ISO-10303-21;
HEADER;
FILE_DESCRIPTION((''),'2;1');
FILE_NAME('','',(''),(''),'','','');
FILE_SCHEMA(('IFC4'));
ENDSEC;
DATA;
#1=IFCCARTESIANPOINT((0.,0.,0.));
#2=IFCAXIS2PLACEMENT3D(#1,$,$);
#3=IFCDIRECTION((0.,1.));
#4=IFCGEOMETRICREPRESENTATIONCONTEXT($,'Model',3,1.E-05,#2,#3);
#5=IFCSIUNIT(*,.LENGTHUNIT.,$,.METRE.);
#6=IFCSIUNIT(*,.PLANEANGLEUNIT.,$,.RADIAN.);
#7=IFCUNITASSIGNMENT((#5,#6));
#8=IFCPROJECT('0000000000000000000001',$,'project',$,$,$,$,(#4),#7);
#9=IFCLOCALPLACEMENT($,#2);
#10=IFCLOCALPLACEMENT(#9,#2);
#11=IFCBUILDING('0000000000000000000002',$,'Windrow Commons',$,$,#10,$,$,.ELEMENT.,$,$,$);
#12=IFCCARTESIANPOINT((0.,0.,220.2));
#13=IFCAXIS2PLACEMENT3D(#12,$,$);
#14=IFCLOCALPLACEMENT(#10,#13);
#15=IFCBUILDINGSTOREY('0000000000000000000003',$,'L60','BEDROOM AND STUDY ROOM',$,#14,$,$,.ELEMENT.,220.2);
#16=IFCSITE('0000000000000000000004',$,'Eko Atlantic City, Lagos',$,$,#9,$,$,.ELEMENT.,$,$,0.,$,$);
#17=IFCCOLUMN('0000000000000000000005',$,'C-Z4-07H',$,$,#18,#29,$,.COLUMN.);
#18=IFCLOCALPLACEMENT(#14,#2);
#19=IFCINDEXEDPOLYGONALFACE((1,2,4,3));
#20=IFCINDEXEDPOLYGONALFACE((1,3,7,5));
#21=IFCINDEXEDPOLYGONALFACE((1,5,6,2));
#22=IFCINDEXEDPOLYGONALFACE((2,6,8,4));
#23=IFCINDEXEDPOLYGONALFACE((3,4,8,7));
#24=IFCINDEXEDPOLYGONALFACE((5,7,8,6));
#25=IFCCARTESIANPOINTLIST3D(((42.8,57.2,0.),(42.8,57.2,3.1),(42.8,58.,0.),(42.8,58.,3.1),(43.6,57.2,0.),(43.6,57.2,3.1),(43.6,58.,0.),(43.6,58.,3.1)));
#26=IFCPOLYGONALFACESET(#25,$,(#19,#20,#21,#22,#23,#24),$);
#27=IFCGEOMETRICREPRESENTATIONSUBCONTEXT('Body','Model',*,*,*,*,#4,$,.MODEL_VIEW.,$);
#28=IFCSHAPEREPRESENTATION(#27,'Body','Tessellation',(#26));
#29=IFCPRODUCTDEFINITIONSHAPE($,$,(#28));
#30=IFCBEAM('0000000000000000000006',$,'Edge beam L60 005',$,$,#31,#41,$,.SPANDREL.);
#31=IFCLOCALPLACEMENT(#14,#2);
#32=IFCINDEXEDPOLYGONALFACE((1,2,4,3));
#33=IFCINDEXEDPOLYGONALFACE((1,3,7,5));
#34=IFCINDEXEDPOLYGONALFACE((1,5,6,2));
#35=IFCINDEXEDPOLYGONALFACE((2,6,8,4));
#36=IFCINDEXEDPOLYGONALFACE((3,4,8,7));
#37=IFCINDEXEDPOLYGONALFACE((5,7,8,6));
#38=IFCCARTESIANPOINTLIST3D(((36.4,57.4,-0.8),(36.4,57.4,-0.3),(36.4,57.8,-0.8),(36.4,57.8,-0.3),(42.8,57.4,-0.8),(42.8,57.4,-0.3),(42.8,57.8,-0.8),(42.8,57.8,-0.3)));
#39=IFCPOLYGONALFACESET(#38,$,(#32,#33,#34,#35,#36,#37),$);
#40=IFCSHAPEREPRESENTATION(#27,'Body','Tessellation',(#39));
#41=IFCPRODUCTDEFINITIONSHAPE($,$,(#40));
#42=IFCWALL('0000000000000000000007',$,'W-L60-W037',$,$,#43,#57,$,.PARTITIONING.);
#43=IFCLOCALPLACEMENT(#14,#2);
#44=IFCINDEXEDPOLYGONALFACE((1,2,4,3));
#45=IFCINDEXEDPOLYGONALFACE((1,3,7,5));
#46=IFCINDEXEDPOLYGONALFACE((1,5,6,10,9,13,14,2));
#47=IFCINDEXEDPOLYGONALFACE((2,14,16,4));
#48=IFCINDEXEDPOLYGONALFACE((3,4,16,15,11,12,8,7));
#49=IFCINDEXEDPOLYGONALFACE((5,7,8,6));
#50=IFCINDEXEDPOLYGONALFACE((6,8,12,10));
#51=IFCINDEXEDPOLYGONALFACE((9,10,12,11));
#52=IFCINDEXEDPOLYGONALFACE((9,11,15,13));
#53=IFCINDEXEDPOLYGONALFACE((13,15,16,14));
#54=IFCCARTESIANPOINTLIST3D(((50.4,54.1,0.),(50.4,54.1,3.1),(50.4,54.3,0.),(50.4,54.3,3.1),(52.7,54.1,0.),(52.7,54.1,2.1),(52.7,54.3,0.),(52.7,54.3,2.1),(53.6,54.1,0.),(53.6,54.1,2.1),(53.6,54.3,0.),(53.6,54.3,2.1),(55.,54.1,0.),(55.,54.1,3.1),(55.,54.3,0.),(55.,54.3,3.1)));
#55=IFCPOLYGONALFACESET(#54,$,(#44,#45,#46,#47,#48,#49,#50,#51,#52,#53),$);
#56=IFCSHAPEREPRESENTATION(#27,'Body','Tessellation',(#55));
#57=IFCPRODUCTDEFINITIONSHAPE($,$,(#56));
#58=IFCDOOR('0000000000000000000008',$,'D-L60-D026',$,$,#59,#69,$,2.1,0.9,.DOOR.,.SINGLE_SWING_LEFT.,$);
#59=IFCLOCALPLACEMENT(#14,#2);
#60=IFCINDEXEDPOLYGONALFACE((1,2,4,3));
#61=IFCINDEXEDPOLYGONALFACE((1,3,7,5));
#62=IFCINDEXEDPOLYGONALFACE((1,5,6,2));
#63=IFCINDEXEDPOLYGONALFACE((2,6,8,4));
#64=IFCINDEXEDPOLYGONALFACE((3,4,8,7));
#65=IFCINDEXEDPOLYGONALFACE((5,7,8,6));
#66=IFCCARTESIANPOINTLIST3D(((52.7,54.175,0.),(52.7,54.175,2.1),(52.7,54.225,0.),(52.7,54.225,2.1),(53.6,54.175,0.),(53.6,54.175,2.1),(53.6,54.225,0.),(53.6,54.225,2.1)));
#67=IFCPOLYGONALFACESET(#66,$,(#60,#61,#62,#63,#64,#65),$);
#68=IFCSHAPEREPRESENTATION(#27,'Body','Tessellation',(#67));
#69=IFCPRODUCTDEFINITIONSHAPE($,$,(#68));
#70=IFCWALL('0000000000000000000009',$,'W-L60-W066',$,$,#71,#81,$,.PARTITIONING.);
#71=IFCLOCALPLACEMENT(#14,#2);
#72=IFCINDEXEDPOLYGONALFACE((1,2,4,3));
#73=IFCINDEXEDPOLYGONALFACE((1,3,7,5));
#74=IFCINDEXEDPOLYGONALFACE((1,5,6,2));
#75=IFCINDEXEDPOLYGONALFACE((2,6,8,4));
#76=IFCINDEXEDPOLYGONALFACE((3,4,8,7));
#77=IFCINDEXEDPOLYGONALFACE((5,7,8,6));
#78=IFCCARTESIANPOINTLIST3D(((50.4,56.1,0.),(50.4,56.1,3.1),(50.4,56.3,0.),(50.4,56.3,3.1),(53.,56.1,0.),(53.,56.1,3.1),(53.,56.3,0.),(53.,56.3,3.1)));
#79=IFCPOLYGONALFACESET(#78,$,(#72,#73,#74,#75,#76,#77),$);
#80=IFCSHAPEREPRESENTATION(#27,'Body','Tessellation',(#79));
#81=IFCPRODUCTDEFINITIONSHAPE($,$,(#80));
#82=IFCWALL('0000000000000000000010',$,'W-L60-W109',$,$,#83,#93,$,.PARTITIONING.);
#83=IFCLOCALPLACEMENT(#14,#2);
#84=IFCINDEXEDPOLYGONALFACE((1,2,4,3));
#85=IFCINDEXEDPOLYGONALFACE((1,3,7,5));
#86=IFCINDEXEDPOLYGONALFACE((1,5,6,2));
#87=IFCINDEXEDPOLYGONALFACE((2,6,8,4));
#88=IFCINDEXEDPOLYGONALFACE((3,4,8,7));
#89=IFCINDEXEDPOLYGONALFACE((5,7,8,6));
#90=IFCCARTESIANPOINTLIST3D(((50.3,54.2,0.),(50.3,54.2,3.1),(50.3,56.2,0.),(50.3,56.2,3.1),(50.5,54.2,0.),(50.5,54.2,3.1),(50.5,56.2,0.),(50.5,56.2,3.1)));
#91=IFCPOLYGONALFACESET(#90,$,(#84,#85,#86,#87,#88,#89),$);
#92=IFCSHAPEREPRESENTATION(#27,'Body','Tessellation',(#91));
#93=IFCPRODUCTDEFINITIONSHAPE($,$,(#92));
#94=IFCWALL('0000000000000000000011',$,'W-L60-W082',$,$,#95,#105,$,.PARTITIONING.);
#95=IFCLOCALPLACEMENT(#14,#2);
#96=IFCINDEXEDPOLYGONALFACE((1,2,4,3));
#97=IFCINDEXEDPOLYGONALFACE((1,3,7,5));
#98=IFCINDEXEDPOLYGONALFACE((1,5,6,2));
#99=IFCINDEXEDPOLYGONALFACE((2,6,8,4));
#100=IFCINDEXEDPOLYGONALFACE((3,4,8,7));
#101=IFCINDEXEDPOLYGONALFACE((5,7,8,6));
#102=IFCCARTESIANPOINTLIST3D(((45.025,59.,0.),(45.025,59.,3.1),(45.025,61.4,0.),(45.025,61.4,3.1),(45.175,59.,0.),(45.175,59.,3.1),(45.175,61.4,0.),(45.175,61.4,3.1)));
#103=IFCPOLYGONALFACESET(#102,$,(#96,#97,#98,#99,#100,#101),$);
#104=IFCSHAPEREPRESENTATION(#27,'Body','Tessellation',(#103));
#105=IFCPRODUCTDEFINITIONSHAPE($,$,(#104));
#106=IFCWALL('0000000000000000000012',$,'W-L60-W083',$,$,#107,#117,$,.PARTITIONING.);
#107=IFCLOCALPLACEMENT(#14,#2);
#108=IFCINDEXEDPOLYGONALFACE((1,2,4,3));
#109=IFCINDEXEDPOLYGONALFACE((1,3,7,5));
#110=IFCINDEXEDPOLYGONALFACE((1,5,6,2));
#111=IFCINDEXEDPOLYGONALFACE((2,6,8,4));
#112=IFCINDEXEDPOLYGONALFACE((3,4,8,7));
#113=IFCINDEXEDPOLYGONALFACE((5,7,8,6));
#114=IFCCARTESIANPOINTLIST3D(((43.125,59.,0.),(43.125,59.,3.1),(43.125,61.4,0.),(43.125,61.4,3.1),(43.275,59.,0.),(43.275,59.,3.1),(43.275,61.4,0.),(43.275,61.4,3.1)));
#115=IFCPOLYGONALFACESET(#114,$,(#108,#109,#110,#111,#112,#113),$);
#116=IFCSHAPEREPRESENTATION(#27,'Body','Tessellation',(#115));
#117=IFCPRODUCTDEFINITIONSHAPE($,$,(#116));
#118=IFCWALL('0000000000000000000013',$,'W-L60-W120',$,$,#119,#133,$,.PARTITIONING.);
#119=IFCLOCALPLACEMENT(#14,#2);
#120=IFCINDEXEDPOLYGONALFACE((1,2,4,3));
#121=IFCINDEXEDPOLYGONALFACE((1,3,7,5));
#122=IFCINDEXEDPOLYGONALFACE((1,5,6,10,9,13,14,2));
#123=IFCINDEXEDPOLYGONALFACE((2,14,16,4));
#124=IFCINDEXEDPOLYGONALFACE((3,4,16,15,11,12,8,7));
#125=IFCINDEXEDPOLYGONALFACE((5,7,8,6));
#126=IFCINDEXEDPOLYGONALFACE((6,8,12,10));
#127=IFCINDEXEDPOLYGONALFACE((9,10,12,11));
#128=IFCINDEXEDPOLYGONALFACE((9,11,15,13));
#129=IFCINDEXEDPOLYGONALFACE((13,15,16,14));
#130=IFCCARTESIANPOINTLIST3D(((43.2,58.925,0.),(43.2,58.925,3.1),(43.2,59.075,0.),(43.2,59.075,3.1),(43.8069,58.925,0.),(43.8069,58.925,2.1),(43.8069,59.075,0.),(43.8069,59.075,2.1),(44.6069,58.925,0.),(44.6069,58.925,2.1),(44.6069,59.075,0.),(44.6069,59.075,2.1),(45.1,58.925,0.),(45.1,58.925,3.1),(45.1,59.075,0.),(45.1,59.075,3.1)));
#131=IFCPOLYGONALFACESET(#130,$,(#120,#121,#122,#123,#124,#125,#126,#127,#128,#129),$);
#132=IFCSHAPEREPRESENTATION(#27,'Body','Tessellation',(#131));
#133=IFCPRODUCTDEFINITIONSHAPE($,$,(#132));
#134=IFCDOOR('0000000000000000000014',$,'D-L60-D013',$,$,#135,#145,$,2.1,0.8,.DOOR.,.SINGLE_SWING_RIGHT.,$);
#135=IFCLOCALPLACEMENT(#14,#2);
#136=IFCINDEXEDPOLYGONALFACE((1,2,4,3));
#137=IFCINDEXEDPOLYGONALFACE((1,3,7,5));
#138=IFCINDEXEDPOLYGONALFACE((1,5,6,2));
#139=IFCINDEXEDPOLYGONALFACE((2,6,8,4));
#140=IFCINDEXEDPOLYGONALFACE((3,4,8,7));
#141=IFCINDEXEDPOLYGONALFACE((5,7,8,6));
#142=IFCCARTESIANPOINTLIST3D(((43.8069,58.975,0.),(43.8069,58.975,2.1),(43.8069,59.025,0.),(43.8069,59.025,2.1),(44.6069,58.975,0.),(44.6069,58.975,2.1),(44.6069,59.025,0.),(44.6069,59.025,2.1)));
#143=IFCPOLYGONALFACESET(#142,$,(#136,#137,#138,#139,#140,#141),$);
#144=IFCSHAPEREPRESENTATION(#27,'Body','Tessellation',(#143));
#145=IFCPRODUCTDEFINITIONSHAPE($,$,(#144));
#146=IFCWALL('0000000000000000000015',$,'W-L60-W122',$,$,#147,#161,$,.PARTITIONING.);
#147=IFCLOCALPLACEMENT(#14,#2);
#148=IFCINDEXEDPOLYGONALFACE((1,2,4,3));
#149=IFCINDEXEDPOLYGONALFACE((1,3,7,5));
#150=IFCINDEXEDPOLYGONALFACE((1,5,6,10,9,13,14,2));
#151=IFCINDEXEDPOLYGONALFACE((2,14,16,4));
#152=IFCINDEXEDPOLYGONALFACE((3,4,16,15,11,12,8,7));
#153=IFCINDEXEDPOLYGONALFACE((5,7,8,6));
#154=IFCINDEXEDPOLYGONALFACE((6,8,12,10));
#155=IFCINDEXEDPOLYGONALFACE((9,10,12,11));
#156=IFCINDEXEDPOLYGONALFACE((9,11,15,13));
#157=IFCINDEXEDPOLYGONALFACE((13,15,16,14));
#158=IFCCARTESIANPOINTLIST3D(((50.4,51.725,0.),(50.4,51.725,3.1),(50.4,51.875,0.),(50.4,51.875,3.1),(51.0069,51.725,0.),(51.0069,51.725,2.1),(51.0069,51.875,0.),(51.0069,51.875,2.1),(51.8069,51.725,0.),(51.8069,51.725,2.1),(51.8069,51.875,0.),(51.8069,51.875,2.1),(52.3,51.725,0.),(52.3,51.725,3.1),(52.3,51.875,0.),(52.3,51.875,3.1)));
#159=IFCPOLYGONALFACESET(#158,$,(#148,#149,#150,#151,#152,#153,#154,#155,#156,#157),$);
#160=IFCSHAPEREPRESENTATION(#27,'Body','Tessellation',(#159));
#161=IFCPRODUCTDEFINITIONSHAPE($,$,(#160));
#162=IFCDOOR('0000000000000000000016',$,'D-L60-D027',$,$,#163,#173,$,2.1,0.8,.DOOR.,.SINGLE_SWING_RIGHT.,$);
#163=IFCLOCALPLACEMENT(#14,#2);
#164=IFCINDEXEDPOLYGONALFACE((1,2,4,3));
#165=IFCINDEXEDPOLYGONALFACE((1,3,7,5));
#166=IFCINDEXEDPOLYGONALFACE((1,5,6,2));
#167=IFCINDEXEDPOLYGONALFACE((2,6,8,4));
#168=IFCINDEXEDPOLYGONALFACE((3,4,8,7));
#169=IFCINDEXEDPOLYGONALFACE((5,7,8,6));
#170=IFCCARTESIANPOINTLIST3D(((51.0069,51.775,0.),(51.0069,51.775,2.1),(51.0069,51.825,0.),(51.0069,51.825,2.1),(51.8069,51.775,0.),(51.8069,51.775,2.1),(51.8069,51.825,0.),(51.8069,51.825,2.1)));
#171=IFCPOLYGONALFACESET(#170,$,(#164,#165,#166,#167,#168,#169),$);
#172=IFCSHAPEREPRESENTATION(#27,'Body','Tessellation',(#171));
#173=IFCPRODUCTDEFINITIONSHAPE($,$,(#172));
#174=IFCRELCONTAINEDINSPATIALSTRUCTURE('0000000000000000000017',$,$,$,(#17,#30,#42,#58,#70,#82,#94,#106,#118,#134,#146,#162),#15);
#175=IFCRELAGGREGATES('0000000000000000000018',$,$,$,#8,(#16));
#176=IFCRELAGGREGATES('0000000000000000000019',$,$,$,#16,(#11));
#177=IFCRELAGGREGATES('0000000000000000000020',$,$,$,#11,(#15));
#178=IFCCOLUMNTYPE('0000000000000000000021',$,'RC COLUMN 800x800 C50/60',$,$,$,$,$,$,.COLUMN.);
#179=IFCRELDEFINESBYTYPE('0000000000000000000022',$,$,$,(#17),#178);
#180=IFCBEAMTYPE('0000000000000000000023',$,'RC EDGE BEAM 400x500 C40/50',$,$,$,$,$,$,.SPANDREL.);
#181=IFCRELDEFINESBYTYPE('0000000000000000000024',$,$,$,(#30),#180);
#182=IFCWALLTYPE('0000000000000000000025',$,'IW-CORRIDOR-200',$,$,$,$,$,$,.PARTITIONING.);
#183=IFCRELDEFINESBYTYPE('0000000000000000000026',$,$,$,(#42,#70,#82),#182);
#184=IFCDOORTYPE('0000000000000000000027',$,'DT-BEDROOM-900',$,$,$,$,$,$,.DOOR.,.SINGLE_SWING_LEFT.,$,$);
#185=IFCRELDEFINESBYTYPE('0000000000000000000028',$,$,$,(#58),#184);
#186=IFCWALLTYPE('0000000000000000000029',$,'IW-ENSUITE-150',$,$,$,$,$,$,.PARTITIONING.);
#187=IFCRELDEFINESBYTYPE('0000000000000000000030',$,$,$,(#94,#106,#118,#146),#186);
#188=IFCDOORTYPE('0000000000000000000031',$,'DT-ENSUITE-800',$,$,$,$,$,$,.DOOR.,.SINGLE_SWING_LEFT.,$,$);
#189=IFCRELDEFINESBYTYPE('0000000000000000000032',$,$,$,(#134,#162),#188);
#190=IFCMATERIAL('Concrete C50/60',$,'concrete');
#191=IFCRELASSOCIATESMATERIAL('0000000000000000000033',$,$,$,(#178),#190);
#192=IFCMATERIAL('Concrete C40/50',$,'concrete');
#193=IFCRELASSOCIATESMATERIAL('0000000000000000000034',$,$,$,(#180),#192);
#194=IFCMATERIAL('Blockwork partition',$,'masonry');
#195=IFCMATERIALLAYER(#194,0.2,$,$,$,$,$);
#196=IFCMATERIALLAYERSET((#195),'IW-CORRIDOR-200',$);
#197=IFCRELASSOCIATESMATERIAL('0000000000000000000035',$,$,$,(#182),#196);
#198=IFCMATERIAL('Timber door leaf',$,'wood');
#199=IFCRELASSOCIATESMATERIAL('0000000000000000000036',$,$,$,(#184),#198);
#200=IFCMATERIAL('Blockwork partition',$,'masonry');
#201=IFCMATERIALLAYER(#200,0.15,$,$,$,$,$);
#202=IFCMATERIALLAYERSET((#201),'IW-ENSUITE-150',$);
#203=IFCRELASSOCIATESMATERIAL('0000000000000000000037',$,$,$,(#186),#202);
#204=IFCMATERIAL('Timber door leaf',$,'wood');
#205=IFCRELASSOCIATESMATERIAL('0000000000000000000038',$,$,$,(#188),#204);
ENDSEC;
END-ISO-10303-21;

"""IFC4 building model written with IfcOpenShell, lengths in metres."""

from ifc_helpers import new_model, si_unit, direction, frame, frame_2d, origin, origin_2d, place, context, subcontext, project, spatial, rectangle, extrude, material, layer, layer_set, material_profile, profile_set, type_object, element, fill, save


model = new_model("IFC4")

# Units and contexts
model_context = context("Model", 3, precision=1e-05, world=origin(), true_north=direction((0.0, 1.0)))
body_context = subcontext(model_context, "Body", "Model", "MODEL_VIEW")
ifc_project = project(units=[si_unit("LENGTHUNIT", "METRE"), si_unit("PLANEANGLEUNIT", "RADIAN")], contexts=[model_context])

# Site, building, storey
site_placement = place(None, origin())
site = spatial("IfcSite", under=ifc_project, at=site_placement, Name="Eko Atlantic City, Lagos", CompositionType="ELEMENT", RefElevation=0.0)
building_placement = place(site_placement, origin())
building = spatial("IfcBuilding", under=site, at=building_placement, Name="Windrow Commons", CompositionType="ELEMENT")
storey_placement = place(building_placement, frame((0.0, 0.0, 220.2)))
storey = spatial("IfcBuildingStorey", under=building, at=storey_placement, Name="L60", Description="BEDROOM AND STUDY ROOM", CompositionType="ELEMENT", Elevation=220.2)

# Column
ifc_material_1 = material(Name="Concrete C50/60", Category="concrete")
ifc_material_profile_1 = material_profile(ifc_material_1, rectangle(XDim=0.8, YDim=0.8, at=origin_2d()))
ifc_profile_set_1 = profile_set([ifc_material_profile_1], Name="Concrete C50/60")
column_type = type_object("IfcColumnType", Name="RC COLUMN 800x800 C50/60", PredefinedType="COLUMN", material=ifc_profile_set_1)
column_placement = place(storey_placement, frame((43.2, 57.6, 0.0), z_axis=(0.0, 0.0, 1.0), x_axis=(1.0, 0.0, 0.0)))
element("IfcColumn", 1, at=column_placement, inside=storey, type_object=column_type, Name="C-Z4-07H", PredefinedType="COLUMN", context=body_context, shape_type="SweptSolid", body=[
    extrude(rectangle(XDim=0.8, YDim=0.8, at=origin_2d()), origin(), (0.0, 0.0, 1.0), 3.1),
])

# Beam
ifc_material_2 = material(Name="Concrete C40/50", Category="concrete")
ifc_material_profile_2 = material_profile(ifc_material_2, rectangle(XDim=0.4, YDim=0.5, at=origin_2d()))
ifc_profile_set_2 = profile_set([ifc_material_profile_2], Name="Concrete C40/50")
beam_type = type_object("IfcBeamType", Name="RC EDGE BEAM 400x500 C40/50", PredefinedType="SPANDREL", material=ifc_profile_set_2)
beam_placement = place(storey_placement, frame((42.8, 57.6, -0.55), z_axis=(-1.0, 0.0, 0.0), x_axis=(0.0, -1.0, 0.0)))
element("IfcBeam", 2, at=beam_placement, inside=storey, type_object=beam_type, Name="Edge beam L60 005", PredefinedType="SPANDREL", context=body_context, shape_type="SweptSolid", body=[
    extrude(rectangle(XDim=0.4, YDim=0.5, at=origin_2d()), origin(), (0.0, 0.0, 1.0), 6.4),
])

# Wall, opening, door
ifc_material_3 = material(Name="Blockwork partition", Category="masonry")
ifc_layer_1 = layer(ifc_material_3, 0.2)
ifc_layer_set_1 = layer_set([ifc_layer_1], Name="IW-CORRIDOR-200")
wall_type_1 = type_object("IfcWallType", Name="IW-CORRIDOR-200", PredefinedType="PARTITIONING", material=ifc_layer_set_1)
wall_1_placement = place(storey_placement, frame((50.4, 54.2, 0.0), z_axis=(0.0, 0.0, 1.0), x_axis=(1.0, 0.0, 0.0)))
wall_1 = element("IfcWall", 3, at=wall_1_placement, inside=storey, type_object=wall_type_1, Name="W-L60-W037", PredefinedType="PARTITIONING", context=body_context, shape_type="SweptSolid", body=[
    extrude(rectangle(XDim=4.6, YDim=0.2, at=frame_2d((2.3, 0.0))), origin(), (0.0, 0.0, 1.0), 3.1),
])
opening_1_placement = place(wall_1_placement, frame((2.3, 0.0, 0.0)))
opening_1 = element("IfcOpeningElement", 4, at=opening_1_placement, cuts=wall_1, PredefinedType="OPENING", context=body_context, shape_type="SweptSolid", body=[
    extrude(rectangle(XDim=0.9, YDim=2.1, at=frame_2d((0.45, 1.05))), frame((0.0, 0.11, 0.0), z_axis=(0.0, -1.0, 0.0), x_axis=(1.0, 0.0, 0.0)), (0.0, 0.0, 1.0), 0.22),
])
ifc_material_4 = material(Name="Timber door leaf", Category="wood")
door_type_1 = type_object("IfcDoorType", Name="DT-BEDROOM-900", OperationType="SINGLE_SWING_LEFT", PredefinedType="DOOR", material=ifc_material_4)
door_1_placement = place(opening_1_placement, origin())
door_1 = element("IfcDoor", 5, at=door_1_placement, inside=storey, type_object=door_type_1, Name="D-L60-D026", OperationType="SINGLE_SWING_LEFT", OverallHeight=2.1, OverallWidth=0.9, PredefinedType="DOOR", context=body_context, shape_type="SweptSolid", body=[
    extrude(rectangle(XDim=0.9, YDim=2.1, at=frame_2d((0.45, 1.05))), frame((0.0, 0.025, 0.0), z_axis=(0.0, -1.0, 0.0), x_axis=(1.0, 0.0, 0.0)), (0.0, 0.0, 1.0), 0.05),
])
fill(opening_1, door_1)

# Walls
wall_2_placement = place(storey_placement, frame((50.4, 56.2, 0.0), z_axis=(0.0, 0.0, 1.0), x_axis=(1.0, 0.0, 0.0)))
element("IfcWall", 6, at=wall_2_placement, inside=storey, type_object=wall_type_1, Name="W-L60-W066", PredefinedType="PARTITIONING", context=body_context, shape_type="SweptSolid", body=[
    extrude(rectangle(XDim=2.6, YDim=0.2, at=frame_2d((1.3, 0.0))), origin(), (0.0, 0.0, 1.0), 3.1),
])
wall_3_placement = place(storey_placement, frame((50.4, 54.2, 0.0), z_axis=(0.0, 0.0, 1.0), x_axis=(0.0, 1.0, 0.0)))
element("IfcWall", 7, at=wall_3_placement, inside=storey, type_object=wall_type_1, Name="W-L60-W109", PredefinedType="PARTITIONING", context=body_context, shape_type="SweptSolid", body=[
    extrude(rectangle(XDim=2.0, YDim=0.2, at=frame_2d((1.0, 0.0))), origin(), (0.0, 0.0, 1.0), 3.1),
])
ifc_material_5 = material(Name="Blockwork partition", Category="masonry")
ifc_layer_2 = layer(ifc_material_5, 0.15)
ifc_layer_set_2 = layer_set([ifc_layer_2], Name="IW-ENSUITE-150")
wall_type_2 = type_object("IfcWallType", Name="IW-ENSUITE-150", PredefinedType="PARTITIONING", material=ifc_layer_set_2)
for number, where, z_axis, x_axis, name in (
    (8, (45.1, 59.0, 0.0), (0.0, 0.0, 1.0), (0.0, 1.0, 0.0), "W-L60-W082"),
    (9, (43.2, 59.0, 0.0), (0.0, 0.0, 1.0), (0.0, 1.0, 0.0), "W-L60-W083"),
):
    element("IfcWall", number, at=place(storey_placement, frame(where, z_axis=z_axis, x_axis=x_axis)), inside=storey, type_object=wall_type_2, Name=name, PredefinedType="PARTITIONING", context=body_context, shape_type="SweptSolid", body=[
        extrude(rectangle(XDim=2.4, YDim=0.15, at=frame_2d((1.2, 0.0))), origin(), (0.0, 0.0, 1.0), 3.1),
    ])

# Walls, openings, doors
wall_4_placement = place(storey_placement, frame((43.2, 59.0, 0.0), z_axis=(0.0, 0.0, 1.0), x_axis=(1.0, 0.0, 0.0)))
wall_4 = element("IfcWall", 10, at=wall_4_placement, inside=storey, type_object=wall_type_2, Name="W-L60-W120", PredefinedType="PARTITIONING", context=body_context, shape_type="SweptSolid", body=[
    extrude(rectangle(XDim=1.9, YDim=0.15, at=frame_2d((0.95, 0.0))), origin(), (0.0, 0.0, 1.0), 3.1),
])
opening_2_placement = place(wall_4_placement, frame((0.6069, 0.0, 0.0)))
opening_2 = element("IfcOpeningElement", 11, at=opening_2_placement, cuts=wall_4, PredefinedType="OPENING", context=body_context, shape_type="SweptSolid", body=[
    extrude(rectangle(XDim=0.8, YDim=2.1, at=frame_2d((0.4, 1.05))), frame((0.0, 0.085, 0.0), z_axis=(0.0, -1.0, 0.0), x_axis=(1.0, 0.0, 0.0)), (0.0, 0.0, 1.0), 0.17),
])
ifc_material_6 = material(Name="Timber door leaf", Category="wood")
door_type_2 = type_object("IfcDoorType", Name="DT-ENSUITE-800", OperationType="SINGLE_SWING_LEFT", PredefinedType="DOOR", material=ifc_material_6)
door_2_placement = place(opening_2_placement, origin())
door_2 = element("IfcDoor", 12, at=door_2_placement, inside=storey, type_object=door_type_2, Name="D-L60-D013", OperationType="SINGLE_SWING_RIGHT", OverallHeight=2.1, OverallWidth=0.8, PredefinedType="DOOR", context=body_context, shape_type="SweptSolid", body=[
    extrude(rectangle(XDim=0.8, YDim=2.1, at=frame_2d((0.4, 1.05))), frame((0.0, 0.025, 0.0), z_axis=(0.0, -1.0, 0.0), x_axis=(1.0, 0.0, 0.0)), (0.0, 0.0, 1.0), 0.05),
])
fill(opening_2, door_2)
wall_5_placement = place(storey_placement, frame((50.4, 51.8, 0.0), z_axis=(0.0, 0.0, 1.0), x_axis=(1.0, 0.0, 0.0)))
wall_5 = element("IfcWall", 13, at=wall_5_placement, inside=storey, type_object=wall_type_2, Name="W-L60-W122", PredefinedType="PARTITIONING", context=body_context, shape_type="SweptSolid", body=[
    extrude(rectangle(XDim=1.9, YDim=0.15, at=frame_2d((0.95, 0.0))), origin(), (0.0, 0.0, 1.0), 3.1),
])
opening_3_placement = place(wall_5_placement, frame((0.6069, 0.0, 0.0)))
opening_3 = element("IfcOpeningElement", 14, at=opening_3_placement, cuts=wall_5, PredefinedType="OPENING", context=body_context, shape_type="SweptSolid", body=[
    extrude(rectangle(XDim=0.8, YDim=2.1, at=frame_2d((0.4, 1.05))), frame((0.0, 0.085, 0.0), z_axis=(0.0, -1.0, 0.0), x_axis=(1.0, 0.0, 0.0)), (0.0, 0.0, 1.0), 0.17),
])
door_3_placement = place(opening_3_placement, origin())
door_3 = element("IfcDoor", 15, at=door_3_placement, inside=storey, type_object=door_type_2, Name="D-L60-D027", OperationType="SINGLE_SWING_RIGHT", OverallHeight=2.1, OverallWidth=0.8, PredefinedType="DOOR", context=body_context, shape_type="SweptSolid", body=[
    extrude(rectangle(XDim=0.8, YDim=2.1, at=frame_2d((0.4, 1.05))), frame((0.0, 0.025, 0.0), z_axis=(0.0, -1.0, 0.0), x_axis=(1.0, 0.0, 0.0)), (0.0, 0.0, 1.0), 0.05),
])
fill(opening_3, door_3)

save(model, "model.ifc")
